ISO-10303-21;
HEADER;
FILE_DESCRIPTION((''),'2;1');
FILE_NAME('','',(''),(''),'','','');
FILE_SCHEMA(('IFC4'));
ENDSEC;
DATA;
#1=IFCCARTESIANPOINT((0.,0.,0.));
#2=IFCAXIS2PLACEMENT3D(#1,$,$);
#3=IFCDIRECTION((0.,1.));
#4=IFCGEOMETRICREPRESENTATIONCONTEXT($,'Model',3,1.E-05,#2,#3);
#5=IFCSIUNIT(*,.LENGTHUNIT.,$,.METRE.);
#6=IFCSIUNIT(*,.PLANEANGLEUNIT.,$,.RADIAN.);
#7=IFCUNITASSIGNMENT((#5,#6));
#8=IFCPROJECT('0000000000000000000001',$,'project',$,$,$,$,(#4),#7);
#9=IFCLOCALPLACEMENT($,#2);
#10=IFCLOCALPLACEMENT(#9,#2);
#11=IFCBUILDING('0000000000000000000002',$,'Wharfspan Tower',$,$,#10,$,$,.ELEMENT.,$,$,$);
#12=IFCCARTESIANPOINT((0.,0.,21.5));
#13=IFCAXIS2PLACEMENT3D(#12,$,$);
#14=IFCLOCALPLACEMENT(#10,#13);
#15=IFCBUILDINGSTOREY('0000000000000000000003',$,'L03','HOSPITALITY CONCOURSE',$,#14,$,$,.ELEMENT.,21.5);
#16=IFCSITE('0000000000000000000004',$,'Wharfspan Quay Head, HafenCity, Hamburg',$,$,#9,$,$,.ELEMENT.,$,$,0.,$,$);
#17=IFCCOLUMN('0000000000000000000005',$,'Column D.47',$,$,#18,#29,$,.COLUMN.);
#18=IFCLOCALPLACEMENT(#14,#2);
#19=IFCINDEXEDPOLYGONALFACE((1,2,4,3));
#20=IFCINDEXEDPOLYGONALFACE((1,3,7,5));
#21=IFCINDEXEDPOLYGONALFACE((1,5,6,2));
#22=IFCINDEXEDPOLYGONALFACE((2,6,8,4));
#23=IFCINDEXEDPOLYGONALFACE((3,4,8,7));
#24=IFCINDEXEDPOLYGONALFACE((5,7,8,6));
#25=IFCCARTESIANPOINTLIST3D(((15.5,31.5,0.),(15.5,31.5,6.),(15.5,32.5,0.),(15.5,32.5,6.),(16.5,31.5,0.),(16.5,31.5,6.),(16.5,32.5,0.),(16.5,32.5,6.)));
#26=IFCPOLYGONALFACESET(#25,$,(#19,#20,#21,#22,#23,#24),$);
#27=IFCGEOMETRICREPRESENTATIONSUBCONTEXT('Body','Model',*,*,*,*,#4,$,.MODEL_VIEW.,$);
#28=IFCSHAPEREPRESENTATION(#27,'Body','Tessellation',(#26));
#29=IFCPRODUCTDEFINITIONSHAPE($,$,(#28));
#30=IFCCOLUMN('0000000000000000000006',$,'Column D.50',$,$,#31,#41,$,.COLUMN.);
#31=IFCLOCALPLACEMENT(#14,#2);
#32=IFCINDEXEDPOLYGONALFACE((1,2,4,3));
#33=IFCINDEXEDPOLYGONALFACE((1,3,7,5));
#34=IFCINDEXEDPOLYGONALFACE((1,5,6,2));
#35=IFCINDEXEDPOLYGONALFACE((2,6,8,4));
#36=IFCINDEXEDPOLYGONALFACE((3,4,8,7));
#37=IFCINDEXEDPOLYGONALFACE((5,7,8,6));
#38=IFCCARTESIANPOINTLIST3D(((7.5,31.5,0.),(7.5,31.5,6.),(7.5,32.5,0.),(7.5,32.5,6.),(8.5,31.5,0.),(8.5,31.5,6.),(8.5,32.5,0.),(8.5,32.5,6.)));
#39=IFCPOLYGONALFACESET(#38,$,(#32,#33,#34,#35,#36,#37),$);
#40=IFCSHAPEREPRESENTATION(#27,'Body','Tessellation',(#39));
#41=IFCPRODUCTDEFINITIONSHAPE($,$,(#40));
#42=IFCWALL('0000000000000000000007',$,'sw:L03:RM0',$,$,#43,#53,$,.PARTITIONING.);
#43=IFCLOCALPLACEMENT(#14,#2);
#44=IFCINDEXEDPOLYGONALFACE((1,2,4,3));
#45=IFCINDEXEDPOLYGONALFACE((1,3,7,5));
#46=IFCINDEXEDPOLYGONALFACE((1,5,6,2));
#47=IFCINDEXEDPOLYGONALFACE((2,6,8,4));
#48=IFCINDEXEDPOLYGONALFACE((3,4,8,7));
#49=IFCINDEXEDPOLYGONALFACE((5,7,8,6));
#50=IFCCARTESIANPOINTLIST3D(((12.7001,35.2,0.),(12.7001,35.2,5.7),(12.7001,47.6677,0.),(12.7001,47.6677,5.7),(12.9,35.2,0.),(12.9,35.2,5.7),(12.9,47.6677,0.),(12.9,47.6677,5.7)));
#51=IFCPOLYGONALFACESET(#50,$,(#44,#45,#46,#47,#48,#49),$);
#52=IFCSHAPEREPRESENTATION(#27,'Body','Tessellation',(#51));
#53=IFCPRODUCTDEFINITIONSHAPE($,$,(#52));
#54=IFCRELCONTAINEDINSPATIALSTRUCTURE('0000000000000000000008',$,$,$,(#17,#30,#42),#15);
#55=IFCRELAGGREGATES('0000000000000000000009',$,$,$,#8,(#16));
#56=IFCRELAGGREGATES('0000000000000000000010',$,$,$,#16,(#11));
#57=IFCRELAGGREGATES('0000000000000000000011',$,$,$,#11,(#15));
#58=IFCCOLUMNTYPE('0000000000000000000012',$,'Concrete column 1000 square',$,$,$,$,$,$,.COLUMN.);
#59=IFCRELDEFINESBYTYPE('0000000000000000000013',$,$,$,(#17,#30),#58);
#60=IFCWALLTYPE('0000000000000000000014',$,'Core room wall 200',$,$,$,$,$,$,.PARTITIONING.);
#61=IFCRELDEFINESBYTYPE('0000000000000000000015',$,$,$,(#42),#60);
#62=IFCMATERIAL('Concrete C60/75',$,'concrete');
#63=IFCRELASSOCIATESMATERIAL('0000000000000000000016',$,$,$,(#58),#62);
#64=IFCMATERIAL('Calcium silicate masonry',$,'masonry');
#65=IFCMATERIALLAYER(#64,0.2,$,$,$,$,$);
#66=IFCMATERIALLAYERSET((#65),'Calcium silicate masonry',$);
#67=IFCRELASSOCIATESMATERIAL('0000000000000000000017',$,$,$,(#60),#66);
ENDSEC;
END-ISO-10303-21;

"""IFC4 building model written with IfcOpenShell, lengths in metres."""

from ifc_helpers import new_model, si_unit, direction, frame, frame_2d, origin, origin_2d, place, context, subcontext, project, spatial, rectangle, extrude, material, layer, layer_set, material_profile, profile_set, type_object, element, save


model = new_model("IFC4")

# Units and contexts
model_context = context("Model", 3, precision=1e-05, world=origin(), true_north=direction((0.0, 1.0)))
body_context = subcontext(model_context, "Body", "Model", "MODEL_VIEW")
ifc_project = project(units=[si_unit("LENGTHUNIT", "METRE"), si_unit("PLANEANGLEUNIT", "RADIAN")], contexts=[model_context])

# Site, building, storey
site_placement = place(None, origin())
site = spatial("IfcSite", under=ifc_project, at=site_placement, Name="Wharfspan Quay Head, HafenCity, Hamburg", CompositionType="ELEMENT", RefElevation=0.0)
building_placement = place(site_placement, origin())
building = spatial("IfcBuilding", under=site, at=building_placement, Name="Wharfspan Tower", CompositionType="ELEMENT")
storey_placement = place(building_placement, frame((0.0, 0.0, 21.5)))
storey = spatial("IfcBuildingStorey", under=building, at=storey_placement, Name="L03", Description="HOSPITALITY CONCOURSE", CompositionType="ELEMENT", Elevation=21.5)

# Columns
ifc_material_1 = material(Name="Concrete C60/75", Category="concrete")
ifc_material_profile = material_profile(ifc_material_1, rectangle(XDim=1.0, YDim=1.0, at=origin_2d()))
ifc_profile_set = profile_set([ifc_material_profile], Name="Concrete C60/75")
column_type = type_object("IfcColumnType", Name="Concrete column 1000 square", PredefinedType="COLUMN", material=ifc_profile_set)
for number, where, z_axis, x_axis, name in (
    (1, (16.0, 32.0, 0.0), (0.0, 0.0, 1.0), (1.0, 0.0, 0.0), "Column D.47"),
    (2, (8.0, 32.0, 0.0), (0.0, 0.0, 1.0), (1.0, 0.0, 0.0), "Column D.50"),
):
    element("IfcColumn", number, at=place(storey_placement, frame(where, z_axis=z_axis, x_axis=x_axis)), inside=storey, type_object=column_type, Name=name, PredefinedType="COLUMN", context=body_context, shape_type="SweptSolid", body=[
        extrude(rectangle(XDim=1.0, YDim=1.0, at=origin_2d()), origin(), (0.0, 0.0, 1.0), 6.0),
    ])

# Wall
ifc_material_2 = material(Name="Calcium silicate masonry", Category="masonry")
ifc_layer_1 = layer(ifc_material_2, 0.2)
ifc_layer_set_1 = layer_set([ifc_layer_1], Name="Calcium silicate masonry")
wall_type_1 = type_object("IfcWallType", Name="Core room wall 200", PredefinedType="PARTITIONING", material=ifc_layer_set_1)
wall_1_placement = place(storey_placement, frame((12.8, 35.2, 0.0), z_axis=(0.0, 0.0, 1.0), x_axis=(0.0, 1.0, 0.0)))
element("IfcWall", 3, at=wall_1_placement, inside=storey, type_object=wall_type_1, Name="sw:L03:RM0", PredefinedType="PARTITIONING", context=body_context, shape_type="SweptSolid", body=[
    extrude(rectangle(XDim=12.4678, YDim=0.2, at=frame_2d((6.2339, 0.0))), origin(), (0.0, 0.0, 1.0), 5.7),
])

save(model, "model.ifc")
